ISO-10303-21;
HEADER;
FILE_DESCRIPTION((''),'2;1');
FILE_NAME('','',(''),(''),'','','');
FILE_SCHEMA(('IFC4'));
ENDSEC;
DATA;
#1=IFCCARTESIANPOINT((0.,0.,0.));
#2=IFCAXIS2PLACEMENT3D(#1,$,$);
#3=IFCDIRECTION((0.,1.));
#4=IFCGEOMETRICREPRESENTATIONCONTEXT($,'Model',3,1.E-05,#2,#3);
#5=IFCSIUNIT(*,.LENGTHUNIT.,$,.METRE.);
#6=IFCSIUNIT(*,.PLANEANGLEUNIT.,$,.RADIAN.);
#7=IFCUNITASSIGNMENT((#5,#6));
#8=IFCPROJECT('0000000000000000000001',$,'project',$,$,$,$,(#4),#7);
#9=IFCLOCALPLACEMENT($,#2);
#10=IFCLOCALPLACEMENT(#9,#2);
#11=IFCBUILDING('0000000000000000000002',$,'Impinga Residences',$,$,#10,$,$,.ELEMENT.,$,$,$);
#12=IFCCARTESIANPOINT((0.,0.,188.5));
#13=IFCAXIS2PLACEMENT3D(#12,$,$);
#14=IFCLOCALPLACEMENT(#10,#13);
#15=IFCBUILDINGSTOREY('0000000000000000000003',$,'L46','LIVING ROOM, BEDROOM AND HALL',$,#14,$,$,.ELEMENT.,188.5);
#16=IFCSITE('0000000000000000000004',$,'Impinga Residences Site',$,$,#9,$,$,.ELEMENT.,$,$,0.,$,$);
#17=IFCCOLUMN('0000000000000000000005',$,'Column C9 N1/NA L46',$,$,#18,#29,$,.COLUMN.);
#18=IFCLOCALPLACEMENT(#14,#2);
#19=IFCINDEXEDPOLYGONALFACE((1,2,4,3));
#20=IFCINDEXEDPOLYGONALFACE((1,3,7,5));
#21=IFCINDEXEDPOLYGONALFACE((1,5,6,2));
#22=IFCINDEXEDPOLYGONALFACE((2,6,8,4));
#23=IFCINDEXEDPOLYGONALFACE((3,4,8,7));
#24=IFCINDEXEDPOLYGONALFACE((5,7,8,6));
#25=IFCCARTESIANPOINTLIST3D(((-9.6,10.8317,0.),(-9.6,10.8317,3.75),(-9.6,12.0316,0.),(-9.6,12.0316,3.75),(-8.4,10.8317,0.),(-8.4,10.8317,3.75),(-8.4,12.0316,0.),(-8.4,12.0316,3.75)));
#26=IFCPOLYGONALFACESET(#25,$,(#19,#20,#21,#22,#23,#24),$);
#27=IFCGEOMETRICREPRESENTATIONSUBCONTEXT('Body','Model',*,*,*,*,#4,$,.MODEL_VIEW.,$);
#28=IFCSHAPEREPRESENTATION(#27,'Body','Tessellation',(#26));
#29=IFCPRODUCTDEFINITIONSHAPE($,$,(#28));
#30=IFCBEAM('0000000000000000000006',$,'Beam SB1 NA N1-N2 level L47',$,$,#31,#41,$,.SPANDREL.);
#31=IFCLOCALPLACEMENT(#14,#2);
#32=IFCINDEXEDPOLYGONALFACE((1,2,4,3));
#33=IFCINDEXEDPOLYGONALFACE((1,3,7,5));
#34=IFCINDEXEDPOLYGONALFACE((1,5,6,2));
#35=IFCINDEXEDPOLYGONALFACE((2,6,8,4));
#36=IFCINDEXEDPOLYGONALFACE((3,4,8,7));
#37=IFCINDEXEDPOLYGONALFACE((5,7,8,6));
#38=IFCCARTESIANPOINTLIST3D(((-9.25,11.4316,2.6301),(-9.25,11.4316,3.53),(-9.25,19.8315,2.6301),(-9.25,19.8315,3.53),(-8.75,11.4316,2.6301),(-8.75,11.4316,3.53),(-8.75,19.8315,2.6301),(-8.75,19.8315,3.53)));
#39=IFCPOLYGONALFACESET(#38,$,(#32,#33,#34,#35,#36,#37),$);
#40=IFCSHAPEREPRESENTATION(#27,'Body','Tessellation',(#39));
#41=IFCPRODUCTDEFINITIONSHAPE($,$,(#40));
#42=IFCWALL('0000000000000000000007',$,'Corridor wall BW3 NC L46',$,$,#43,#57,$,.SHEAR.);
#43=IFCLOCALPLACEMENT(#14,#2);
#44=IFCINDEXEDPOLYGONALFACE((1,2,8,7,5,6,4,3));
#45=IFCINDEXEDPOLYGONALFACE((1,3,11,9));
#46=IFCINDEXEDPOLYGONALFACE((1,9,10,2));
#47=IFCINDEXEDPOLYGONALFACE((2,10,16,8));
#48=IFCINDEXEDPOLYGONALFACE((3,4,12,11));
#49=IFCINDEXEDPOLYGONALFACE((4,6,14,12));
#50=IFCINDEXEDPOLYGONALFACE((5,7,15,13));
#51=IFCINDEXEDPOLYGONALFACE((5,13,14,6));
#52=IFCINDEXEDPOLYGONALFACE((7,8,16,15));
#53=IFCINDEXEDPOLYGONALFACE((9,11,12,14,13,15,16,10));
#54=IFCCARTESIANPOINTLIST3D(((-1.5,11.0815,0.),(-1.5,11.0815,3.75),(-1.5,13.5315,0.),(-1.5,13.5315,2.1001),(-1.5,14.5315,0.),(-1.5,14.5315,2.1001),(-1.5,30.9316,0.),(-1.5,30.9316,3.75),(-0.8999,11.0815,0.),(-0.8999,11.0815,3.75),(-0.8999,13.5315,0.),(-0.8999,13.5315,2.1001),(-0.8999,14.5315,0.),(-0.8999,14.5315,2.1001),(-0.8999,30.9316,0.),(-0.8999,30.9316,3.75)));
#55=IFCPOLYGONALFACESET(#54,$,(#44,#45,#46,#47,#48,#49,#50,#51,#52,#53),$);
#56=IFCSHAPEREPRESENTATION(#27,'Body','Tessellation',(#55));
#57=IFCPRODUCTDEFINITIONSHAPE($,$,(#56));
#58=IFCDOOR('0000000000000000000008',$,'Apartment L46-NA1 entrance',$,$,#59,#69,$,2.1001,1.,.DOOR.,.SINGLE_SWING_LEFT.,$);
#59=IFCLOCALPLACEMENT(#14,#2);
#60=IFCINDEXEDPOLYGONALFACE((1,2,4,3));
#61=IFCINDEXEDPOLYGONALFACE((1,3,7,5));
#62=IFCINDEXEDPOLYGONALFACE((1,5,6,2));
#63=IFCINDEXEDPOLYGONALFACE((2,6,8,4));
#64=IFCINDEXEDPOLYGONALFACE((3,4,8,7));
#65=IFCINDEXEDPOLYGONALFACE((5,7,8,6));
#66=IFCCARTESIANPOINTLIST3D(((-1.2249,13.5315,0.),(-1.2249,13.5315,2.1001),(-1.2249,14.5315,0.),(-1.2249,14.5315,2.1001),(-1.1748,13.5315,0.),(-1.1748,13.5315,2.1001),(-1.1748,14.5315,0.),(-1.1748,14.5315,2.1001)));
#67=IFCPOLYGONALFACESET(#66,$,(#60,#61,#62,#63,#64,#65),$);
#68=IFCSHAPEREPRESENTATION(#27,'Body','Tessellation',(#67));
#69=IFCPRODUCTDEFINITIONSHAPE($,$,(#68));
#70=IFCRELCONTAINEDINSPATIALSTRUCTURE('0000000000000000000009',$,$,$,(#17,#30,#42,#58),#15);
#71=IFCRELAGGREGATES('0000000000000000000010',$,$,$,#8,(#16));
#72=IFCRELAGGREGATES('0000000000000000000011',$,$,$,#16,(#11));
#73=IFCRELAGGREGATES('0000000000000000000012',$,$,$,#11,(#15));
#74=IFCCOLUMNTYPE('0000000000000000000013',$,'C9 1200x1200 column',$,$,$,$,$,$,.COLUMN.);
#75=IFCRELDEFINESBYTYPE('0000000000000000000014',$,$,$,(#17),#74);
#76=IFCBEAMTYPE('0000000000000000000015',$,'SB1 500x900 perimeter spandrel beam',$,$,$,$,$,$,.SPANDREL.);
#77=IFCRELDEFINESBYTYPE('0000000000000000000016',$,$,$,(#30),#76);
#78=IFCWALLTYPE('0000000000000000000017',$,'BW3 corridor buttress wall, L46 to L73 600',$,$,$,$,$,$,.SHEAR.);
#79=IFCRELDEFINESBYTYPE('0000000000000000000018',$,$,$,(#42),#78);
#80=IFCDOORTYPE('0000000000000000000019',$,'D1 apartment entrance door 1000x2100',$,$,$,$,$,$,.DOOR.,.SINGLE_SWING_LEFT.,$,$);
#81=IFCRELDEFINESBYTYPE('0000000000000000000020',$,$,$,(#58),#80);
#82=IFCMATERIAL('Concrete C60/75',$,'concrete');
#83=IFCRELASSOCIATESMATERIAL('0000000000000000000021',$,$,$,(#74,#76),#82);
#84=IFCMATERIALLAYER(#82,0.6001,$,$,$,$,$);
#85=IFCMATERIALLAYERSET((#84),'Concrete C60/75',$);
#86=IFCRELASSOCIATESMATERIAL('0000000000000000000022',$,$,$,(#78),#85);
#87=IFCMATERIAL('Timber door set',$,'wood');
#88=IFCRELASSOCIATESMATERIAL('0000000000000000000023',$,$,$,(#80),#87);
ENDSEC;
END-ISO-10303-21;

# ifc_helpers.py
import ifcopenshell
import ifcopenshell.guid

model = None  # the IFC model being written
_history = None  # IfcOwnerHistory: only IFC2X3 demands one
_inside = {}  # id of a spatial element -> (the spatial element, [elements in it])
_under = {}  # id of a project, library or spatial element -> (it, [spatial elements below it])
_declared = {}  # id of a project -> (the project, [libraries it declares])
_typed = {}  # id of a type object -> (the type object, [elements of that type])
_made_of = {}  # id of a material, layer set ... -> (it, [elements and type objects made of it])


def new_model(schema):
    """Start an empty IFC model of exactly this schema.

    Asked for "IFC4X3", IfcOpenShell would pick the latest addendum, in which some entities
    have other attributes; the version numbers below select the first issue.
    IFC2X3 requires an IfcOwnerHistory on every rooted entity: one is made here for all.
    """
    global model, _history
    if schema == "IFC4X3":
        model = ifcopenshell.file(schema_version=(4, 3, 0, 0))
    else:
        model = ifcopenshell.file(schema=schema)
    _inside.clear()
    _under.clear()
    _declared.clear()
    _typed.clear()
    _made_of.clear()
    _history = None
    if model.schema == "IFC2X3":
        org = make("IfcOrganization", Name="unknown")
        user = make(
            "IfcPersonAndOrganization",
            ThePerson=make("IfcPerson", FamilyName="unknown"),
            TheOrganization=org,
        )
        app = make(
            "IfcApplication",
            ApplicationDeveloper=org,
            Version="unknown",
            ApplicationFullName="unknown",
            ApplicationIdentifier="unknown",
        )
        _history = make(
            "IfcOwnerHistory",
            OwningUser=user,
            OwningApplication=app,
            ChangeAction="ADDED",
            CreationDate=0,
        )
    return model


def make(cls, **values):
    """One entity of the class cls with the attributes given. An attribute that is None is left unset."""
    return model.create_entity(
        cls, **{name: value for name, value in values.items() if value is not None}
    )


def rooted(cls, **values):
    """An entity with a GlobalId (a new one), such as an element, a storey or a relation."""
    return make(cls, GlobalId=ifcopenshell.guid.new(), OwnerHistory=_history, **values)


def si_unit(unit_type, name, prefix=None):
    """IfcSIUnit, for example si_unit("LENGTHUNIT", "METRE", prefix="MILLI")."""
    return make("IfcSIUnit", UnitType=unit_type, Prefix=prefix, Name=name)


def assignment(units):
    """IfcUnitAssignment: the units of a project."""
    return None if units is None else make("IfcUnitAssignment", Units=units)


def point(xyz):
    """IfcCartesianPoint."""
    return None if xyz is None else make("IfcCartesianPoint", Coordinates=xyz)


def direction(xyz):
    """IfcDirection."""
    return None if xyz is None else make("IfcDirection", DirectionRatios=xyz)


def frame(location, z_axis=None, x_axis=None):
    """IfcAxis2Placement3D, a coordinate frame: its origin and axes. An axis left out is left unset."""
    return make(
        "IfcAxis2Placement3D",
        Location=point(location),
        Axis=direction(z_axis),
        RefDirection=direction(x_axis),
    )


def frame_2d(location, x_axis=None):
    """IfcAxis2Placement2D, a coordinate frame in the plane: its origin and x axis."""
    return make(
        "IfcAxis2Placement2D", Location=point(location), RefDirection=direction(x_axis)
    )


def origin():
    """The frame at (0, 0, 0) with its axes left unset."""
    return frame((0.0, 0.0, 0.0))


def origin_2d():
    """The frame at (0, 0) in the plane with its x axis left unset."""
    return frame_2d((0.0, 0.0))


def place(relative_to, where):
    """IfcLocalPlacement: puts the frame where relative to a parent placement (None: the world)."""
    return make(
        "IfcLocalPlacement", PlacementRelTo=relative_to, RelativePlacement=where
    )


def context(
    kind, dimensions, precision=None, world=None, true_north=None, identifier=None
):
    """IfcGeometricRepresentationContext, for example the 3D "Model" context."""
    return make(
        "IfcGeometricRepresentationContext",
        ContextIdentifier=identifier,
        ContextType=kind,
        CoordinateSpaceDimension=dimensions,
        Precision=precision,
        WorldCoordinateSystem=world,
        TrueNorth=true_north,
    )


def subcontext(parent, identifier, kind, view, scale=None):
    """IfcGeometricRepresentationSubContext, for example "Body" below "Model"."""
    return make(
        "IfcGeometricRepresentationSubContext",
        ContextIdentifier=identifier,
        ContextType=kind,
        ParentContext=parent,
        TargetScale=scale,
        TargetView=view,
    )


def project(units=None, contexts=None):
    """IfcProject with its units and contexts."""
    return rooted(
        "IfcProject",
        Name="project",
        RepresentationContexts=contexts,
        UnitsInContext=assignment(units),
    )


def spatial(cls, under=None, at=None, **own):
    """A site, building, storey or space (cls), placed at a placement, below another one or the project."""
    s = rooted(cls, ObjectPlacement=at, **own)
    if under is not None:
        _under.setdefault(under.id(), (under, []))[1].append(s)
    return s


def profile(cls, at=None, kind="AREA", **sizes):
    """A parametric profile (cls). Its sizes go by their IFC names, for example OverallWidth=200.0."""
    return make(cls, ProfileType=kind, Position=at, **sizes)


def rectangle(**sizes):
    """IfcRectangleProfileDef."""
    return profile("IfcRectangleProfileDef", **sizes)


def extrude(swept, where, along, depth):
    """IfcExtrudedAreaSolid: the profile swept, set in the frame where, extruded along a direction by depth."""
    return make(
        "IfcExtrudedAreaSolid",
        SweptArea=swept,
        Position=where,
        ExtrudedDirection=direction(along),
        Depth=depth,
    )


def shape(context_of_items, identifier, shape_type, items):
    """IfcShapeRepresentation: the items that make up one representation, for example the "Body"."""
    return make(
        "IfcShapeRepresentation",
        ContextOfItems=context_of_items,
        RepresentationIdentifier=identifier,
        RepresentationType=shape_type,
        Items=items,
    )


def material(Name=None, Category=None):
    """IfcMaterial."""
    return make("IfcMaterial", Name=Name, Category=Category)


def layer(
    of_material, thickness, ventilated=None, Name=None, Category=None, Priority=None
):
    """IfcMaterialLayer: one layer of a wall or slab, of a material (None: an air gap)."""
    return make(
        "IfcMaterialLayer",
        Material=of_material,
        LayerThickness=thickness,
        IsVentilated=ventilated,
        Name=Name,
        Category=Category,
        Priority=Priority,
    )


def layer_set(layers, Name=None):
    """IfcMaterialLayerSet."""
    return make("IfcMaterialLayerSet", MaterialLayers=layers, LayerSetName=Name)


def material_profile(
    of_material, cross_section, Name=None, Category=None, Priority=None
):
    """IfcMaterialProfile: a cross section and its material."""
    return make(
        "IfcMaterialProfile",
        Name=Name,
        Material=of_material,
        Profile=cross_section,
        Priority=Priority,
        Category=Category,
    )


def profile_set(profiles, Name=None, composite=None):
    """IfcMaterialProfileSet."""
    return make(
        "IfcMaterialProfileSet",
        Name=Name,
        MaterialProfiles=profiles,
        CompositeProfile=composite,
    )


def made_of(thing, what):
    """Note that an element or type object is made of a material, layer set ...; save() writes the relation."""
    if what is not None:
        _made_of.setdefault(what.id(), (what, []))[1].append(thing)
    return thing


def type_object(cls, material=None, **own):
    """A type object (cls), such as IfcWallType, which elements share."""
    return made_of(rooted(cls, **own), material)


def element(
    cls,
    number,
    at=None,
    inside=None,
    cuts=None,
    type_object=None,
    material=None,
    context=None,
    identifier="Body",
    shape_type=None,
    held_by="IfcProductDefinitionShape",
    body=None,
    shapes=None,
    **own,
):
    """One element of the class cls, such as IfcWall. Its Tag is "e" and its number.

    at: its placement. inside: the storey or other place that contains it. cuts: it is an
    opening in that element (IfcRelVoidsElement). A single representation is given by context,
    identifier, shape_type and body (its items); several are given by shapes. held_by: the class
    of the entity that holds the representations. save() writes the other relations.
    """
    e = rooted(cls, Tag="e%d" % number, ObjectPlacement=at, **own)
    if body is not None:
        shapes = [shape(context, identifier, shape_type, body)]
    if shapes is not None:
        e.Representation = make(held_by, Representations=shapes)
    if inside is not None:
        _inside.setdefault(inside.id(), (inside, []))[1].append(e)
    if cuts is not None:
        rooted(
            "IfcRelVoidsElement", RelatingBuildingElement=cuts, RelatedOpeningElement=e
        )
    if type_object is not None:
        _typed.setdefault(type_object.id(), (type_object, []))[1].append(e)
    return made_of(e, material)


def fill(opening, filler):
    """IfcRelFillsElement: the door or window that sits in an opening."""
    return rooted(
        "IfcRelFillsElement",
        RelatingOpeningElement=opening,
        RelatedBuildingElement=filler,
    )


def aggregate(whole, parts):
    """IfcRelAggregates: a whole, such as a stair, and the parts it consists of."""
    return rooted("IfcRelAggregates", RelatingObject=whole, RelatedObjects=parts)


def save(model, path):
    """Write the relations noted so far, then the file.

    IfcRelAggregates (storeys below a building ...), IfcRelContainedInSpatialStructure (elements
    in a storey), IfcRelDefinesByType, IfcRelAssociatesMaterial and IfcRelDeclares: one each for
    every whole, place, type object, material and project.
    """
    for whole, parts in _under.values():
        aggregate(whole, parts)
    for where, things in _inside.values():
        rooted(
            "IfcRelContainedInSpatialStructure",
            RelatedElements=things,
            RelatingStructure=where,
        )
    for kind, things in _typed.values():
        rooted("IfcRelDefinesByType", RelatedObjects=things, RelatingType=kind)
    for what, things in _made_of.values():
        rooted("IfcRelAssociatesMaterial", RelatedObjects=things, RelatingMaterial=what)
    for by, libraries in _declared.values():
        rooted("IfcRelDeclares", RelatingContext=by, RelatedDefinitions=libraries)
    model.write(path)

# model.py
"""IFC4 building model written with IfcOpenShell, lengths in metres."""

from ifc_helpers import new_model, si_unit, direction, frame, frame_2d, origin, origin_2d, place, context, subcontext, project, spatial, rectangle, extrude, material, layer, layer_set, material_profile, profile_set, type_object, element, fill, save


model = new_model("IFC4")

# Units and contexts
model_context = context("Model", 3, precision=1e-05, world=origin(), true_north=direction((0.0, 1.0)))
body_context = subcontext(model_context, "Body", "Model", "MODEL_VIEW")
ifc_project = project(units=[si_unit("LENGTHUNIT", "METRE"), si_unit("PLANEANGLEUNIT", "RADIAN")], contexts=[model_context])

# Site, building, storey
site_placement = place(None, origin())
site = spatial("IfcSite", under=ifc_project, at=site_placement, Name="Impinga Residences Site", CompositionType="ELEMENT", RefElevation=0.0)
building_placement = place(site_placement, origin())
building = spatial("IfcBuilding", under=site, at=building_placement, Name="Impinga Residences", CompositionType="ELEMENT")
storey_placement = place(building_placement, frame((0.0, 0.0, 188.5)))
storey = spatial("IfcBuildingStorey", under=building, at=storey_placement, Name="L46", Description="LIVING ROOM, BEDROOM AND HALL", CompositionType="ELEMENT", Elevation=188.5)

# Column
ifc_material_1 = material(Name="Concrete C60/75", Category="concrete")
ifc_material_profile_1 = material_profile(ifc_material_1, rectangle(XDim=1.2, YDim=1.2, at=origin_2d()), Name="RC 1200x1200")
ifc_profile_set_1 = profile_set([ifc_material_profile_1], Name="Concrete C60/75")
column_type = type_object("IfcColumnType", Name="C9 1200x1200 column", PredefinedType="COLUMN", material=ifc_profile_set_1)
column_placement = place(storey_placement, frame((-9.0, 11.4316, 0.0), z_axis=(0.0, 0.0, 1.0), x_axis=(1.0, 0.0, 0.0)))
element("IfcColumn", 1, at=column_placement, inside=storey, type_object=column_type, Name="Column C9 N1/NA L46", PredefinedType="COLUMN", context=body_context, shape_type="SweptSolid", body=[
    extrude(rectangle(XDim=1.2, YDim=1.2, at=origin_2d()), origin(), (0.0, 0.0, 1.0), 3.75),
])

# Beam
ifc_material_profile_2 = material_profile(ifc_material_1, rectangle(XDim=0.5, YDim=0.8999, at=origin_2d()), Name="RC 500x900")
ifc_profile_set_2 = profile_set([ifc_material_profile_2], Name="Concrete C60/75")
beam_type = type_object("IfcBeamType", Name="SB1 500x900 perimeter spandrel beam", PredefinedType="SPANDREL", material=ifc_profile_set_2)
beam_placement = place(storey_placement, frame((-9.0, 11.4316, 3.0801), z_axis=(0.0, 1.0, 0.0), x_axis=(-1.0, 0.0, 0.0)))
element("IfcBeam", 2, at=beam_placement, inside=storey, type_object=beam_type, Name="Beam SB1 NA N1-N2 level L47", PredefinedType="SPANDREL", context=body_context, shape_type="SweptSolid", body=[
    extrude(rectangle(XDim=0.5, YDim=0.8999, at=origin_2d()), origin(), (0.0, 0.0, 1.0), 8.3999),
])

# Wall, opening, door
ifc_layer_1 = layer(ifc_material_1, 0.6001)
ifc_layer_set_1 = layer_set([ifc_layer_1], Name="Concrete C60/75")
wall_type_1 = type_object("IfcWallType", Name="BW3 corridor buttress wall, L46 to L73 600", PredefinedType="SHEAR", material=ifc_layer_set_1)
wall_1_placement = place(storey_placement, frame((-1.2, 11.0815, 0.0), z_axis=(0.0, 0.0, 1.0), x_axis=(0.0, 1.0, 0.0)))
wall_1 = element("IfcWall", 3, at=wall_1_placement, inside=storey, type_object=wall_type_1, Name="Corridor wall BW3 NC L46", PredefinedType="SHEAR", context=body_context, shape_type="SweptSolid", body=[
    extrude(rectangle(XDim=19.8501, YDim=0.6001, at=frame_2d((9.925, 0.0))), origin(), (0.0, 0.0, 1.0), 3.75),
])
opening_1_placement = place(wall_1_placement, frame((2.45, 0.0, 0.0)))
opening_1 = element("IfcOpeningElement", 4, at=opening_1_placement, cuts=wall_1, PredefinedType="OPENING", context=body_context, shape_type="SweptSolid", body=[
    extrude(rectangle(XDim=1.0, YDim=2.1001, at=frame_2d((0.5, 1.05))), frame((0.0, 0.3101, 0.0), z_axis=(0.0, -1.0, 0.0), x_axis=(1.0, 0.0, 0.0)), (0.0, 0.0, 1.0), 0.6201),
])
ifc_material_2 = material(Name="Timber door set", Category="wood")
door_type_1 = type_object("IfcDoorType", Name="D1 apartment entrance door 1000x2100", OperationType="SINGLE_SWING_LEFT", PredefinedType="DOOR", material=ifc_material_2)
door_1_placement = place(opening_1_placement, origin())
door_1 = element("IfcDoor", 5, at=door_1_placement, inside=storey, type_object=door_type_1, Name="Apartment L46-NA1 entrance", OperationType="SINGLE_SWING_LEFT", OverallHeight=2.1001, OverallWidth=1.0, PredefinedType="DOOR", context=body_context, shape_type="SweptSolid", body=[
    extrude(rectangle(XDim=1.0, YDim=2.1001, at=frame_2d((0.5, 1.05))), frame((0.0, 0.0249, 0.0), z_axis=(0.0, -1.0, 0.0), x_axis=(1.0, 0.0, 0.0)), (0.0, 0.0, 1.0), 0.05),
])
fill(opening_1, door_1)

save(model, "model.ifc")
